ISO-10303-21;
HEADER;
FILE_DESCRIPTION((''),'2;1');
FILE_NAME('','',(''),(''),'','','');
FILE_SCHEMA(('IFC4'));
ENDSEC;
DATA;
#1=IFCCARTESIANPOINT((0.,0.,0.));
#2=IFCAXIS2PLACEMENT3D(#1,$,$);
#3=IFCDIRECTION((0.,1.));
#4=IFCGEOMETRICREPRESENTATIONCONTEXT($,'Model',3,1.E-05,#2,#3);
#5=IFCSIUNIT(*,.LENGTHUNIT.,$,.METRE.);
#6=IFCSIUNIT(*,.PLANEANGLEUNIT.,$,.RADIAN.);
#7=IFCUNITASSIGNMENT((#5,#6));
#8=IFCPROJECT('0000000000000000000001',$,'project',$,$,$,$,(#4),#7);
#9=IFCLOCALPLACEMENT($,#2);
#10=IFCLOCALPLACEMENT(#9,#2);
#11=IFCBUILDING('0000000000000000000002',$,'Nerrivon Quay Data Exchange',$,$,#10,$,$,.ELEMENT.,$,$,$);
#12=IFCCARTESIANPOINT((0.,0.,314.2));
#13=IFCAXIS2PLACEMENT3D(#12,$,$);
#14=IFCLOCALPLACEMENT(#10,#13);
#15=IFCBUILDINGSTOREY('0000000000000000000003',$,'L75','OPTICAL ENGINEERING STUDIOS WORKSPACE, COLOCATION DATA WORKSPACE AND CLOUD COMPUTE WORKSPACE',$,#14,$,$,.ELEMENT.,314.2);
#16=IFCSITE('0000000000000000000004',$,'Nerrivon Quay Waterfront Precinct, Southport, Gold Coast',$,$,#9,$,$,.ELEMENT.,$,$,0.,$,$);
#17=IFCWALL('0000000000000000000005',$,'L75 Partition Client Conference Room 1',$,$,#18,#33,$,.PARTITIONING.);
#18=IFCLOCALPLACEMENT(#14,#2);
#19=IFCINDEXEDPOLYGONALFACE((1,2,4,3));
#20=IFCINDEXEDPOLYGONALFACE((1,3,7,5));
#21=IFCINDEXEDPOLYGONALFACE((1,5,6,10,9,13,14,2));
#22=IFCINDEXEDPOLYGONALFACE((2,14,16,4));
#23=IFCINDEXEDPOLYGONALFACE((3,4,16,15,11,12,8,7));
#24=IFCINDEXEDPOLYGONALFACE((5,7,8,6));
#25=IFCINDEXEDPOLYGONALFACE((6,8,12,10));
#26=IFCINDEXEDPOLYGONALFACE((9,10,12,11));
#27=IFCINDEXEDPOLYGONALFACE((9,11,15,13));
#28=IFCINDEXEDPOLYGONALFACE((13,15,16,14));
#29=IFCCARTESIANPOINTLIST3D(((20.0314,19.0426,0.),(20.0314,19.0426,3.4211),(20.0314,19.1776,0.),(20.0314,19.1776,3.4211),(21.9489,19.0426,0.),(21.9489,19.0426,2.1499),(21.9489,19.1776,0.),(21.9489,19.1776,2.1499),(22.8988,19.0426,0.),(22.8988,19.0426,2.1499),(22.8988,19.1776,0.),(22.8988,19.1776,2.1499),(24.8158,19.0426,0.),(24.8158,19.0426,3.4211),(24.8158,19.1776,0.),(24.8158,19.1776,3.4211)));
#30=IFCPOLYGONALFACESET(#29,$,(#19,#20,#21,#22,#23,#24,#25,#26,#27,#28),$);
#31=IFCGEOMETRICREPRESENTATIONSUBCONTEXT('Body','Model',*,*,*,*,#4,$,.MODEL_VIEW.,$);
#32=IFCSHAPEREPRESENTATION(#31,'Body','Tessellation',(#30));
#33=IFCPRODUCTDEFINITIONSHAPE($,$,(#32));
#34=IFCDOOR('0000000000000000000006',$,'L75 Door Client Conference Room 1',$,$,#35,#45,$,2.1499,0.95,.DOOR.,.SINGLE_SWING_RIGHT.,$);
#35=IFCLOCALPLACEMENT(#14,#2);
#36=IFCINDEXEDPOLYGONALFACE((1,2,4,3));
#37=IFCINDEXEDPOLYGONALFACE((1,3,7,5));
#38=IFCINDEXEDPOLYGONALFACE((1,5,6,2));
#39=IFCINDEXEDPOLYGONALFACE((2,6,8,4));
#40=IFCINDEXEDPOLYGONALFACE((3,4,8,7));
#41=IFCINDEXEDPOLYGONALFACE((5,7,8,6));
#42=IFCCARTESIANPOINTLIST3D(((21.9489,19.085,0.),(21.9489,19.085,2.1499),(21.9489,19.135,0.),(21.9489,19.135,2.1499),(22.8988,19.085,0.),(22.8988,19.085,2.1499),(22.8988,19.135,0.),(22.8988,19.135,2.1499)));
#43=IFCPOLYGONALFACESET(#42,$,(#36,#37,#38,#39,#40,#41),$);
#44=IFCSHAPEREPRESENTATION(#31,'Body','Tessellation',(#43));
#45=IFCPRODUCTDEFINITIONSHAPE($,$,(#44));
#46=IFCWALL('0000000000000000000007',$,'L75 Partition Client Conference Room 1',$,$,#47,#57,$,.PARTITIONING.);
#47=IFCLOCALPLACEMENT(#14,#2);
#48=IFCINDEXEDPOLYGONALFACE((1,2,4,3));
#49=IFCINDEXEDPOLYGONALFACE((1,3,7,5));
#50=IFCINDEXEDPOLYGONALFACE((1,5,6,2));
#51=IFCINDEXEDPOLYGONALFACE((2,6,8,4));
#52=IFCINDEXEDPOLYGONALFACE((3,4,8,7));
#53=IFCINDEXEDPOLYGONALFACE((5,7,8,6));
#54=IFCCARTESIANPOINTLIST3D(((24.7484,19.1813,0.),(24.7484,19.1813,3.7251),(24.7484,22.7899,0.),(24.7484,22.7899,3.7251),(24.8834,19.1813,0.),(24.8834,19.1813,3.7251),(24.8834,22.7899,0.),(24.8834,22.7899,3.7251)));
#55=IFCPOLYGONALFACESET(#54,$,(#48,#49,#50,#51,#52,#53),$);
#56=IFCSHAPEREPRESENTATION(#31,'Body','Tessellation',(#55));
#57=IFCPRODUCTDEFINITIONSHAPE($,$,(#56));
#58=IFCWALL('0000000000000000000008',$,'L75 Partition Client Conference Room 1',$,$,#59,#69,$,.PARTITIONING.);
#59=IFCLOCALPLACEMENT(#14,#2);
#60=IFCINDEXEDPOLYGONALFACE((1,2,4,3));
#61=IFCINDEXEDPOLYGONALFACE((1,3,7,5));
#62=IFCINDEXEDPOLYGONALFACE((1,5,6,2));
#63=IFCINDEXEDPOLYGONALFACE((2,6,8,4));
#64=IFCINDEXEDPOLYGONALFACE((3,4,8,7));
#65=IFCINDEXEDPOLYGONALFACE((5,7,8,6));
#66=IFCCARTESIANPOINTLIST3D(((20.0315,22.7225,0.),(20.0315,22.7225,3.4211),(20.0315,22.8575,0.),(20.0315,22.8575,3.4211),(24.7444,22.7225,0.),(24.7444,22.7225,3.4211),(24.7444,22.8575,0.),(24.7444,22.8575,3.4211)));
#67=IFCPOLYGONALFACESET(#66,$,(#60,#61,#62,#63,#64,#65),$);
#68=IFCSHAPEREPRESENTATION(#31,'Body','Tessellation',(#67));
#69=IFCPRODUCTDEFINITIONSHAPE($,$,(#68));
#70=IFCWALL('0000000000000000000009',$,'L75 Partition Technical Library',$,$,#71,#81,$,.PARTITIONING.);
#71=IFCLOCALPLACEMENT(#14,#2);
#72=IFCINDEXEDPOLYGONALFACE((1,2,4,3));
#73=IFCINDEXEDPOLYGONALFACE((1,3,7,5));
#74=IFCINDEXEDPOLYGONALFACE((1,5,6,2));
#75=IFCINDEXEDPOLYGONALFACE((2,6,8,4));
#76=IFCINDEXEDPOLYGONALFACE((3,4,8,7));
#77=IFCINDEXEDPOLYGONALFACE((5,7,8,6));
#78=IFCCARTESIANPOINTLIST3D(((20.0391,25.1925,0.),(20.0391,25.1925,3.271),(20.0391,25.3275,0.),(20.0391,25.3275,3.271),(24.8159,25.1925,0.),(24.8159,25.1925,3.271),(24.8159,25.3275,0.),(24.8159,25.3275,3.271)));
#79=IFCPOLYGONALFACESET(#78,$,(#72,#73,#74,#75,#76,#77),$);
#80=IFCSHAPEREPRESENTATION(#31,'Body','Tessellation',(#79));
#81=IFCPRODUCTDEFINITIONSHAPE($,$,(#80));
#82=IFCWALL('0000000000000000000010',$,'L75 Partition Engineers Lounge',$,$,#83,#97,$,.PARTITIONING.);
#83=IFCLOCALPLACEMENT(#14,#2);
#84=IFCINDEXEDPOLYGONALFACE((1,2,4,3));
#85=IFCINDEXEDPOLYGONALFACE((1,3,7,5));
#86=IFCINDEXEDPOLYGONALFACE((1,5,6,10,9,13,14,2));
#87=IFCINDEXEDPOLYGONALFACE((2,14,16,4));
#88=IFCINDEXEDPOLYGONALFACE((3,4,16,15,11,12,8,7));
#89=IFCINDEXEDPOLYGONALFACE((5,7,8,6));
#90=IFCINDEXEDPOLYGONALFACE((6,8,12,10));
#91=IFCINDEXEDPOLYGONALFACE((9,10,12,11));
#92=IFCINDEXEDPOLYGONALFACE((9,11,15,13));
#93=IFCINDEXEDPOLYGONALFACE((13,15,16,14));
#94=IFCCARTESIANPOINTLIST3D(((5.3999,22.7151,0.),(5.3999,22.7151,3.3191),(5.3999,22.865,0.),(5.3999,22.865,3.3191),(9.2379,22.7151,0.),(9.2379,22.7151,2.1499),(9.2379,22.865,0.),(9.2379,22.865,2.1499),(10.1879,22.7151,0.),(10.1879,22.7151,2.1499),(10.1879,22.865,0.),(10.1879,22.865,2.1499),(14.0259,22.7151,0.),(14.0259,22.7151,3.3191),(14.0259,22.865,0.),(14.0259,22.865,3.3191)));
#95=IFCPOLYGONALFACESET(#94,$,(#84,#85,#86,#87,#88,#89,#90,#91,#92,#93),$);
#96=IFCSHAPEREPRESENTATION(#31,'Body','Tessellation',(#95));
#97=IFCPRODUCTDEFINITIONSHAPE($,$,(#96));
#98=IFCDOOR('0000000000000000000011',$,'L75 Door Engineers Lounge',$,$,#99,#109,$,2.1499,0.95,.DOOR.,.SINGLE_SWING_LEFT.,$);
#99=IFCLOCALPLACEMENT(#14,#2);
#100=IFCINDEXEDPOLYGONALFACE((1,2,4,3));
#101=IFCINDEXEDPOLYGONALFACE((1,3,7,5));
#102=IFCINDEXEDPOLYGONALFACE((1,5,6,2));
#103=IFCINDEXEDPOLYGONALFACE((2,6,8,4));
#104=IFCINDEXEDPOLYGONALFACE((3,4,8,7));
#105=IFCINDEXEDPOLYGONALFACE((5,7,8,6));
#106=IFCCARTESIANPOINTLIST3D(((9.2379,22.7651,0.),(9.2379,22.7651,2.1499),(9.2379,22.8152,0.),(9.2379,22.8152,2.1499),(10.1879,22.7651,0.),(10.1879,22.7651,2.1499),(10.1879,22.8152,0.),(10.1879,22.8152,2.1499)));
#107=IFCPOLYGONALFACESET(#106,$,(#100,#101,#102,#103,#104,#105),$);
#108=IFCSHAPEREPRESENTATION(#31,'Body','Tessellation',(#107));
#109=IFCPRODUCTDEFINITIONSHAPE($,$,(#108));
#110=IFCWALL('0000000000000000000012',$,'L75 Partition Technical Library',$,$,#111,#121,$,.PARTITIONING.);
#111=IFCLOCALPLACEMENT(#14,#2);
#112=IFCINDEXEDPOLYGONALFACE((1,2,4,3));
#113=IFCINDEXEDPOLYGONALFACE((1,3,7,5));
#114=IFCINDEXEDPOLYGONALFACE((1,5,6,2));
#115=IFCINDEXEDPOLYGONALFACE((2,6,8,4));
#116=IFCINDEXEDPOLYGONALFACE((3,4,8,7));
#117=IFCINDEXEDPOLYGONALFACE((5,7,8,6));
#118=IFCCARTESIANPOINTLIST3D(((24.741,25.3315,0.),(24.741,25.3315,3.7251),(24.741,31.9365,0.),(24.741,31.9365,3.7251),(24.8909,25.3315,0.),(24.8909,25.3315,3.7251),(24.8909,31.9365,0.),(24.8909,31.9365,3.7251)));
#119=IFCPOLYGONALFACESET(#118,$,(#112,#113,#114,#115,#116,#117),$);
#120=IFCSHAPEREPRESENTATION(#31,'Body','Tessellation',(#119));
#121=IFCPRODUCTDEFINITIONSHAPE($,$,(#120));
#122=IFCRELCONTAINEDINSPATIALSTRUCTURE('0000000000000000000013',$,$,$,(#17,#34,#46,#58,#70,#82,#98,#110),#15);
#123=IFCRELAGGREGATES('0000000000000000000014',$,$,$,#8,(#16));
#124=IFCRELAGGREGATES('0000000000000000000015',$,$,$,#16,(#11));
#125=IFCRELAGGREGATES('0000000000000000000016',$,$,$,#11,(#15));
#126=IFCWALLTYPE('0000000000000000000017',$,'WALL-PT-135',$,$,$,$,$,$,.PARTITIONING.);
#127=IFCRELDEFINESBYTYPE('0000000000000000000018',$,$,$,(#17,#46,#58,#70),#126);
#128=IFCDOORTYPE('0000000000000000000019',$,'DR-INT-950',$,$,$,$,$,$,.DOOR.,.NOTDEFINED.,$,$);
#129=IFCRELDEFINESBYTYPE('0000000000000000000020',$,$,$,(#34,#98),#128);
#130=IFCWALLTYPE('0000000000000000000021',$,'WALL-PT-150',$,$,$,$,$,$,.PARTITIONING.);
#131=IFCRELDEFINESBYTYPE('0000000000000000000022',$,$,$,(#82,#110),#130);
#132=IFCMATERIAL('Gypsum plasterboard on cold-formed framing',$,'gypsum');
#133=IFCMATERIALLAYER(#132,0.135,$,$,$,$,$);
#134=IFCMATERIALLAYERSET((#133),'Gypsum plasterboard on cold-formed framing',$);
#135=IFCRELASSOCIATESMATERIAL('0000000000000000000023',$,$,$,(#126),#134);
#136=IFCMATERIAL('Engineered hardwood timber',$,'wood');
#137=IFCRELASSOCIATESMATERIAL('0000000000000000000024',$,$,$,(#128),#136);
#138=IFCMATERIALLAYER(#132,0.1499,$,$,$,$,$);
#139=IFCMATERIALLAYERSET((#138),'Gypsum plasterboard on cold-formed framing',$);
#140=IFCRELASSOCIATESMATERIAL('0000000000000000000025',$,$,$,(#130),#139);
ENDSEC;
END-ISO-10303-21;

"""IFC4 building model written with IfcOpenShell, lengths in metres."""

from ifc_helpers import new_model, si_unit, direction, frame, frame_2d, origin, place, context, subcontext, project, spatial, rectangle, extrude, material, layer, layer_set, type_object, element, fill, save


model = new_model("IFC4")

# Units and contexts
model_context = context("Model", 3, precision=1e-05, world=origin(), true_north=direction((0.0, 1.0)))
body_context = subcontext(model_context, "Body", "Model", "MODEL_VIEW")
ifc_project = project(units=[si_unit("LENGTHUNIT", "METRE"), si_unit("PLANEANGLEUNIT", "RADIAN")], contexts=[model_context])

# Site, building, storey
site_placement = place(None, origin())
site = spatial("IfcSite", under=ifc_project, at=site_placement, Name="Nerrivon Quay Waterfront Precinct, Southport, Gold Coast", CompositionType="ELEMENT", RefElevation=0.0)
building_placement = place(site_placement, origin())
building = spatial("IfcBuilding", under=site, at=building_placement, Name="Nerrivon Quay Data Exchange", CompositionType="ELEMENT")
storey_placement = place(building_placement, frame((0.0, 0.0, 314.2)))
storey = spatial("IfcBuildingStorey", under=building, at=storey_placement, Name="L75", Description="OPTICAL ENGINEERING STUDIOS WORKSPACE, COLOCATION DATA WORKSPACE AND CLOUD COMPUTE WORKSPACE", CompositionType="ELEMENT", Elevation=314.2)

# Shared definitions
ifc_material_1 = material(Name="Gypsum plasterboard on cold-formed framing", Category="gypsum")
ifc_layer_1 = layer(ifc_material_1, 0.135)
ifc_layer_set_1 = layer_set([ifc_layer_1], Name="Gypsum plasterboard on cold-formed framing")
wall_type_1 = type_object("IfcWallType", Name="WALL-PT-135", PredefinedType="PARTITIONING", material=ifc_layer_set_1)

# Wall, opening, door
wall_1_placement = place(storey_placement, frame((20.0315, 19.1101, 0.0), z_axis=(0.0, 0.0, 1.0), x_axis=(1.0, 0.0, 0.0)))
wall_1 = element("IfcWall", 1, at=wall_1_placement, inside=storey, type_object=wall_type_1, Name="L75 Partition Client Conference Room 1", PredefinedType="PARTITIONING", context=body_context, shape_type="SweptSolid", body=[
    extrude(rectangle(XDim=4.7844, YDim=0.135, at=frame_2d((2.3921, 0.0))), origin(), (0.0, 0.0, 1.0), 3.4211),
])
opening_1_placement = place(wall_1_placement, frame((1.9172, 0.0, 0.0)))
opening_1 = element("IfcOpeningElement", 2, at=opening_1_placement, cuts=wall_1, PredefinedType="OPENING", context=body_context, shape_type="SweptSolid", body=[
    extrude(rectangle(XDim=0.95, YDim=2.1499, at=frame_2d((0.4751, 1.075))), frame((0.0, 0.0774, 0.0), z_axis=(0.0, -1.0, 0.0), x_axis=(1.0, 0.0, 0.0)), (0.0, 0.0, 1.0), 0.155),
])
ifc_material_2 = material(Name="Engineered hardwood timber", Category="wood")
door_type = type_object("IfcDoorType", Name="DR-INT-950", OperationType="NOTDEFINED", PredefinedType="DOOR", material=ifc_material_2)
door_1_placement = place(opening_1_placement, origin())
door_1 = element("IfcDoor", 3, at=door_1_placement, inside=storey, type_object=door_type, Name="L75 Door Client Conference Room 1", OperationType="SINGLE_SWING_RIGHT", OverallHeight=2.1499, OverallWidth=0.95, PredefinedType="DOOR", context=body_context, shape_type="SweptSolid", body=[
    extrude(rectangle(XDim=0.95, YDim=2.1499, at=frame_2d((0.4751, 1.075))), frame((0.0, 0.0249, 0.0), z_axis=(0.0, -1.0, 0.0), x_axis=(1.0, 0.0, 0.0)), (0.0, 0.0, 1.0), 0.05),
])
fill(opening_1, door_1)

# Walls
wall_2_placement = place(storey_placement, frame((24.8159, 19.1814, 0.0), z_axis=(0.0, 0.0, 1.0), x_axis=(0.0, 1.0, 0.0)))
element("IfcWall", 4, at=wall_2_placement, inside=storey, type_object=wall_type_1, Name="L75 Partition Client Conference Room 1", PredefinedType="PARTITIONING", context=body_context, shape_type="SweptSolid", body=[
    extrude(rectangle(XDim=3.6086, YDim=0.135, at=frame_2d((1.8042, 0.0))), origin(), (0.0, 0.0, 1.0), 3.7251),
])
wall_3_placement = place(storey_placement, frame((24.7444, 22.79, 0.0), z_axis=(0.0, 0.0, 1.0), x_axis=(-1.0, 0.0, 0.0)))
element("IfcWall", 5, at=wall_3_placement, inside=storey, type_object=wall_type_1, Name="L75 Partition Client Conference Room 1", PredefinedType="PARTITIONING", context=body_context, shape_type="SweptSolid", body=[
    extrude(rectangle(XDim=4.7129, YDim=0.135, at=frame_2d((2.3564, 0.0))), origin(), (0.0, 0.0, 1.0), 3.4211),
])
wall_4_placement = place(storey_placement, frame((20.0391, 25.26, 0.0), z_axis=(0.0, 0.0, 1.0), x_axis=(1.0, 0.0, 0.0)))
element("IfcWall", 6, at=wall_4_placement, inside=storey, type_object=wall_type_1, Name="L75 Partition Technical Library", PredefinedType="PARTITIONING", context=body_context, shape_type="SweptSolid", body=[
    extrude(rectangle(XDim=4.7769, YDim=0.135, at=frame_2d((2.3884, 0.0))), origin(), (0.0, 0.0, 1.0), 3.271),
])

# Wall, opening, door
ifc_layer_2 = layer(ifc_material_1, 0.1499)
ifc_layer_set_2 = layer_set([ifc_layer_2], Name="Gypsum plasterboard on cold-formed framing")
wall_type_2 = type_object("IfcWallType", Name="WALL-PT-150", PredefinedType="PARTITIONING", material=ifc_layer_set_2)
wall_5_placement = place(storey_placement, frame((14.0259, 22.79, 0.0), z_axis=(0.0, 0.0, 1.0), x_axis=(-1.0, 0.0, 0.0)))
wall_5 = element("IfcWall", 7, at=wall_5_placement, inside=storey, type_object=wall_type_2, Name="L75 Partition Engineers Lounge", PredefinedType="PARTITIONING", context=body_context, shape_type="SweptSolid", body=[
    extrude(rectangle(XDim=8.626, YDim=0.1499, at=frame_2d((4.313, 0.0))), origin(), (0.0, 0.0, 1.0), 3.3191),
])
opening_2_placement = place(wall_5_placement, frame((3.8379, 0.0, 0.0)))
opening_2 = element("IfcOpeningElement", 8, at=opening_2_placement, cuts=wall_5, PredefinedType="OPENING", context=body_context, shape_type="SweptSolid", body=[
    extrude(rectangle(XDim=0.95, YDim=2.1499, at=frame_2d((0.4751, 1.075))), frame((0.0, 0.085, 0.0), z_axis=(0.0, -1.0, 0.0), x_axis=(1.0, 0.0, 0.0)), (0.0, 0.0, 1.0), 0.1699),
])
door_2_placement = place(opening_2_placement, origin())
door_2 = element("IfcDoor", 9, at=door_2_placement, inside=storey, type_object=door_type, Name="L75 Door Engineers Lounge", OperationType="SINGLE_SWING_LEFT", OverallHeight=2.1499, OverallWidth=0.95, PredefinedType="DOOR", context=body_context, shape_type="SweptSolid", body=[
    extrude(rectangle(XDim=0.95, YDim=2.1499, at=frame_2d((0.4751, 1.075))), frame((0.0, 0.0249, 0.0), z_axis=(0.0, -1.0, 0.0), x_axis=(1.0, 0.0, 0.0)), (0.0, 0.0, 1.0), 0.05),
])
fill(opening_2, door_2)

# Wall
wall_6_placement = place(storey_placement, frame((24.8159, 25.3315, 0.0), z_axis=(0.0, 0.0, 1.0), x_axis=(0.0, 1.0, 0.0)))
element("IfcWall", 10, at=wall_6_placement, inside=storey, type_object=wall_type_2, Name="L75 Partition Technical Library", PredefinedType="PARTITIONING", context=body_context, shape_type="SweptSolid", body=[
    extrude(rectangle(XDim=6.605, YDim=0.1499, at=frame_2d((3.3025, 0.0))), origin(), (0.0, 0.0, 1.0), 3.7251),
])

save(model, "model.ifc")
